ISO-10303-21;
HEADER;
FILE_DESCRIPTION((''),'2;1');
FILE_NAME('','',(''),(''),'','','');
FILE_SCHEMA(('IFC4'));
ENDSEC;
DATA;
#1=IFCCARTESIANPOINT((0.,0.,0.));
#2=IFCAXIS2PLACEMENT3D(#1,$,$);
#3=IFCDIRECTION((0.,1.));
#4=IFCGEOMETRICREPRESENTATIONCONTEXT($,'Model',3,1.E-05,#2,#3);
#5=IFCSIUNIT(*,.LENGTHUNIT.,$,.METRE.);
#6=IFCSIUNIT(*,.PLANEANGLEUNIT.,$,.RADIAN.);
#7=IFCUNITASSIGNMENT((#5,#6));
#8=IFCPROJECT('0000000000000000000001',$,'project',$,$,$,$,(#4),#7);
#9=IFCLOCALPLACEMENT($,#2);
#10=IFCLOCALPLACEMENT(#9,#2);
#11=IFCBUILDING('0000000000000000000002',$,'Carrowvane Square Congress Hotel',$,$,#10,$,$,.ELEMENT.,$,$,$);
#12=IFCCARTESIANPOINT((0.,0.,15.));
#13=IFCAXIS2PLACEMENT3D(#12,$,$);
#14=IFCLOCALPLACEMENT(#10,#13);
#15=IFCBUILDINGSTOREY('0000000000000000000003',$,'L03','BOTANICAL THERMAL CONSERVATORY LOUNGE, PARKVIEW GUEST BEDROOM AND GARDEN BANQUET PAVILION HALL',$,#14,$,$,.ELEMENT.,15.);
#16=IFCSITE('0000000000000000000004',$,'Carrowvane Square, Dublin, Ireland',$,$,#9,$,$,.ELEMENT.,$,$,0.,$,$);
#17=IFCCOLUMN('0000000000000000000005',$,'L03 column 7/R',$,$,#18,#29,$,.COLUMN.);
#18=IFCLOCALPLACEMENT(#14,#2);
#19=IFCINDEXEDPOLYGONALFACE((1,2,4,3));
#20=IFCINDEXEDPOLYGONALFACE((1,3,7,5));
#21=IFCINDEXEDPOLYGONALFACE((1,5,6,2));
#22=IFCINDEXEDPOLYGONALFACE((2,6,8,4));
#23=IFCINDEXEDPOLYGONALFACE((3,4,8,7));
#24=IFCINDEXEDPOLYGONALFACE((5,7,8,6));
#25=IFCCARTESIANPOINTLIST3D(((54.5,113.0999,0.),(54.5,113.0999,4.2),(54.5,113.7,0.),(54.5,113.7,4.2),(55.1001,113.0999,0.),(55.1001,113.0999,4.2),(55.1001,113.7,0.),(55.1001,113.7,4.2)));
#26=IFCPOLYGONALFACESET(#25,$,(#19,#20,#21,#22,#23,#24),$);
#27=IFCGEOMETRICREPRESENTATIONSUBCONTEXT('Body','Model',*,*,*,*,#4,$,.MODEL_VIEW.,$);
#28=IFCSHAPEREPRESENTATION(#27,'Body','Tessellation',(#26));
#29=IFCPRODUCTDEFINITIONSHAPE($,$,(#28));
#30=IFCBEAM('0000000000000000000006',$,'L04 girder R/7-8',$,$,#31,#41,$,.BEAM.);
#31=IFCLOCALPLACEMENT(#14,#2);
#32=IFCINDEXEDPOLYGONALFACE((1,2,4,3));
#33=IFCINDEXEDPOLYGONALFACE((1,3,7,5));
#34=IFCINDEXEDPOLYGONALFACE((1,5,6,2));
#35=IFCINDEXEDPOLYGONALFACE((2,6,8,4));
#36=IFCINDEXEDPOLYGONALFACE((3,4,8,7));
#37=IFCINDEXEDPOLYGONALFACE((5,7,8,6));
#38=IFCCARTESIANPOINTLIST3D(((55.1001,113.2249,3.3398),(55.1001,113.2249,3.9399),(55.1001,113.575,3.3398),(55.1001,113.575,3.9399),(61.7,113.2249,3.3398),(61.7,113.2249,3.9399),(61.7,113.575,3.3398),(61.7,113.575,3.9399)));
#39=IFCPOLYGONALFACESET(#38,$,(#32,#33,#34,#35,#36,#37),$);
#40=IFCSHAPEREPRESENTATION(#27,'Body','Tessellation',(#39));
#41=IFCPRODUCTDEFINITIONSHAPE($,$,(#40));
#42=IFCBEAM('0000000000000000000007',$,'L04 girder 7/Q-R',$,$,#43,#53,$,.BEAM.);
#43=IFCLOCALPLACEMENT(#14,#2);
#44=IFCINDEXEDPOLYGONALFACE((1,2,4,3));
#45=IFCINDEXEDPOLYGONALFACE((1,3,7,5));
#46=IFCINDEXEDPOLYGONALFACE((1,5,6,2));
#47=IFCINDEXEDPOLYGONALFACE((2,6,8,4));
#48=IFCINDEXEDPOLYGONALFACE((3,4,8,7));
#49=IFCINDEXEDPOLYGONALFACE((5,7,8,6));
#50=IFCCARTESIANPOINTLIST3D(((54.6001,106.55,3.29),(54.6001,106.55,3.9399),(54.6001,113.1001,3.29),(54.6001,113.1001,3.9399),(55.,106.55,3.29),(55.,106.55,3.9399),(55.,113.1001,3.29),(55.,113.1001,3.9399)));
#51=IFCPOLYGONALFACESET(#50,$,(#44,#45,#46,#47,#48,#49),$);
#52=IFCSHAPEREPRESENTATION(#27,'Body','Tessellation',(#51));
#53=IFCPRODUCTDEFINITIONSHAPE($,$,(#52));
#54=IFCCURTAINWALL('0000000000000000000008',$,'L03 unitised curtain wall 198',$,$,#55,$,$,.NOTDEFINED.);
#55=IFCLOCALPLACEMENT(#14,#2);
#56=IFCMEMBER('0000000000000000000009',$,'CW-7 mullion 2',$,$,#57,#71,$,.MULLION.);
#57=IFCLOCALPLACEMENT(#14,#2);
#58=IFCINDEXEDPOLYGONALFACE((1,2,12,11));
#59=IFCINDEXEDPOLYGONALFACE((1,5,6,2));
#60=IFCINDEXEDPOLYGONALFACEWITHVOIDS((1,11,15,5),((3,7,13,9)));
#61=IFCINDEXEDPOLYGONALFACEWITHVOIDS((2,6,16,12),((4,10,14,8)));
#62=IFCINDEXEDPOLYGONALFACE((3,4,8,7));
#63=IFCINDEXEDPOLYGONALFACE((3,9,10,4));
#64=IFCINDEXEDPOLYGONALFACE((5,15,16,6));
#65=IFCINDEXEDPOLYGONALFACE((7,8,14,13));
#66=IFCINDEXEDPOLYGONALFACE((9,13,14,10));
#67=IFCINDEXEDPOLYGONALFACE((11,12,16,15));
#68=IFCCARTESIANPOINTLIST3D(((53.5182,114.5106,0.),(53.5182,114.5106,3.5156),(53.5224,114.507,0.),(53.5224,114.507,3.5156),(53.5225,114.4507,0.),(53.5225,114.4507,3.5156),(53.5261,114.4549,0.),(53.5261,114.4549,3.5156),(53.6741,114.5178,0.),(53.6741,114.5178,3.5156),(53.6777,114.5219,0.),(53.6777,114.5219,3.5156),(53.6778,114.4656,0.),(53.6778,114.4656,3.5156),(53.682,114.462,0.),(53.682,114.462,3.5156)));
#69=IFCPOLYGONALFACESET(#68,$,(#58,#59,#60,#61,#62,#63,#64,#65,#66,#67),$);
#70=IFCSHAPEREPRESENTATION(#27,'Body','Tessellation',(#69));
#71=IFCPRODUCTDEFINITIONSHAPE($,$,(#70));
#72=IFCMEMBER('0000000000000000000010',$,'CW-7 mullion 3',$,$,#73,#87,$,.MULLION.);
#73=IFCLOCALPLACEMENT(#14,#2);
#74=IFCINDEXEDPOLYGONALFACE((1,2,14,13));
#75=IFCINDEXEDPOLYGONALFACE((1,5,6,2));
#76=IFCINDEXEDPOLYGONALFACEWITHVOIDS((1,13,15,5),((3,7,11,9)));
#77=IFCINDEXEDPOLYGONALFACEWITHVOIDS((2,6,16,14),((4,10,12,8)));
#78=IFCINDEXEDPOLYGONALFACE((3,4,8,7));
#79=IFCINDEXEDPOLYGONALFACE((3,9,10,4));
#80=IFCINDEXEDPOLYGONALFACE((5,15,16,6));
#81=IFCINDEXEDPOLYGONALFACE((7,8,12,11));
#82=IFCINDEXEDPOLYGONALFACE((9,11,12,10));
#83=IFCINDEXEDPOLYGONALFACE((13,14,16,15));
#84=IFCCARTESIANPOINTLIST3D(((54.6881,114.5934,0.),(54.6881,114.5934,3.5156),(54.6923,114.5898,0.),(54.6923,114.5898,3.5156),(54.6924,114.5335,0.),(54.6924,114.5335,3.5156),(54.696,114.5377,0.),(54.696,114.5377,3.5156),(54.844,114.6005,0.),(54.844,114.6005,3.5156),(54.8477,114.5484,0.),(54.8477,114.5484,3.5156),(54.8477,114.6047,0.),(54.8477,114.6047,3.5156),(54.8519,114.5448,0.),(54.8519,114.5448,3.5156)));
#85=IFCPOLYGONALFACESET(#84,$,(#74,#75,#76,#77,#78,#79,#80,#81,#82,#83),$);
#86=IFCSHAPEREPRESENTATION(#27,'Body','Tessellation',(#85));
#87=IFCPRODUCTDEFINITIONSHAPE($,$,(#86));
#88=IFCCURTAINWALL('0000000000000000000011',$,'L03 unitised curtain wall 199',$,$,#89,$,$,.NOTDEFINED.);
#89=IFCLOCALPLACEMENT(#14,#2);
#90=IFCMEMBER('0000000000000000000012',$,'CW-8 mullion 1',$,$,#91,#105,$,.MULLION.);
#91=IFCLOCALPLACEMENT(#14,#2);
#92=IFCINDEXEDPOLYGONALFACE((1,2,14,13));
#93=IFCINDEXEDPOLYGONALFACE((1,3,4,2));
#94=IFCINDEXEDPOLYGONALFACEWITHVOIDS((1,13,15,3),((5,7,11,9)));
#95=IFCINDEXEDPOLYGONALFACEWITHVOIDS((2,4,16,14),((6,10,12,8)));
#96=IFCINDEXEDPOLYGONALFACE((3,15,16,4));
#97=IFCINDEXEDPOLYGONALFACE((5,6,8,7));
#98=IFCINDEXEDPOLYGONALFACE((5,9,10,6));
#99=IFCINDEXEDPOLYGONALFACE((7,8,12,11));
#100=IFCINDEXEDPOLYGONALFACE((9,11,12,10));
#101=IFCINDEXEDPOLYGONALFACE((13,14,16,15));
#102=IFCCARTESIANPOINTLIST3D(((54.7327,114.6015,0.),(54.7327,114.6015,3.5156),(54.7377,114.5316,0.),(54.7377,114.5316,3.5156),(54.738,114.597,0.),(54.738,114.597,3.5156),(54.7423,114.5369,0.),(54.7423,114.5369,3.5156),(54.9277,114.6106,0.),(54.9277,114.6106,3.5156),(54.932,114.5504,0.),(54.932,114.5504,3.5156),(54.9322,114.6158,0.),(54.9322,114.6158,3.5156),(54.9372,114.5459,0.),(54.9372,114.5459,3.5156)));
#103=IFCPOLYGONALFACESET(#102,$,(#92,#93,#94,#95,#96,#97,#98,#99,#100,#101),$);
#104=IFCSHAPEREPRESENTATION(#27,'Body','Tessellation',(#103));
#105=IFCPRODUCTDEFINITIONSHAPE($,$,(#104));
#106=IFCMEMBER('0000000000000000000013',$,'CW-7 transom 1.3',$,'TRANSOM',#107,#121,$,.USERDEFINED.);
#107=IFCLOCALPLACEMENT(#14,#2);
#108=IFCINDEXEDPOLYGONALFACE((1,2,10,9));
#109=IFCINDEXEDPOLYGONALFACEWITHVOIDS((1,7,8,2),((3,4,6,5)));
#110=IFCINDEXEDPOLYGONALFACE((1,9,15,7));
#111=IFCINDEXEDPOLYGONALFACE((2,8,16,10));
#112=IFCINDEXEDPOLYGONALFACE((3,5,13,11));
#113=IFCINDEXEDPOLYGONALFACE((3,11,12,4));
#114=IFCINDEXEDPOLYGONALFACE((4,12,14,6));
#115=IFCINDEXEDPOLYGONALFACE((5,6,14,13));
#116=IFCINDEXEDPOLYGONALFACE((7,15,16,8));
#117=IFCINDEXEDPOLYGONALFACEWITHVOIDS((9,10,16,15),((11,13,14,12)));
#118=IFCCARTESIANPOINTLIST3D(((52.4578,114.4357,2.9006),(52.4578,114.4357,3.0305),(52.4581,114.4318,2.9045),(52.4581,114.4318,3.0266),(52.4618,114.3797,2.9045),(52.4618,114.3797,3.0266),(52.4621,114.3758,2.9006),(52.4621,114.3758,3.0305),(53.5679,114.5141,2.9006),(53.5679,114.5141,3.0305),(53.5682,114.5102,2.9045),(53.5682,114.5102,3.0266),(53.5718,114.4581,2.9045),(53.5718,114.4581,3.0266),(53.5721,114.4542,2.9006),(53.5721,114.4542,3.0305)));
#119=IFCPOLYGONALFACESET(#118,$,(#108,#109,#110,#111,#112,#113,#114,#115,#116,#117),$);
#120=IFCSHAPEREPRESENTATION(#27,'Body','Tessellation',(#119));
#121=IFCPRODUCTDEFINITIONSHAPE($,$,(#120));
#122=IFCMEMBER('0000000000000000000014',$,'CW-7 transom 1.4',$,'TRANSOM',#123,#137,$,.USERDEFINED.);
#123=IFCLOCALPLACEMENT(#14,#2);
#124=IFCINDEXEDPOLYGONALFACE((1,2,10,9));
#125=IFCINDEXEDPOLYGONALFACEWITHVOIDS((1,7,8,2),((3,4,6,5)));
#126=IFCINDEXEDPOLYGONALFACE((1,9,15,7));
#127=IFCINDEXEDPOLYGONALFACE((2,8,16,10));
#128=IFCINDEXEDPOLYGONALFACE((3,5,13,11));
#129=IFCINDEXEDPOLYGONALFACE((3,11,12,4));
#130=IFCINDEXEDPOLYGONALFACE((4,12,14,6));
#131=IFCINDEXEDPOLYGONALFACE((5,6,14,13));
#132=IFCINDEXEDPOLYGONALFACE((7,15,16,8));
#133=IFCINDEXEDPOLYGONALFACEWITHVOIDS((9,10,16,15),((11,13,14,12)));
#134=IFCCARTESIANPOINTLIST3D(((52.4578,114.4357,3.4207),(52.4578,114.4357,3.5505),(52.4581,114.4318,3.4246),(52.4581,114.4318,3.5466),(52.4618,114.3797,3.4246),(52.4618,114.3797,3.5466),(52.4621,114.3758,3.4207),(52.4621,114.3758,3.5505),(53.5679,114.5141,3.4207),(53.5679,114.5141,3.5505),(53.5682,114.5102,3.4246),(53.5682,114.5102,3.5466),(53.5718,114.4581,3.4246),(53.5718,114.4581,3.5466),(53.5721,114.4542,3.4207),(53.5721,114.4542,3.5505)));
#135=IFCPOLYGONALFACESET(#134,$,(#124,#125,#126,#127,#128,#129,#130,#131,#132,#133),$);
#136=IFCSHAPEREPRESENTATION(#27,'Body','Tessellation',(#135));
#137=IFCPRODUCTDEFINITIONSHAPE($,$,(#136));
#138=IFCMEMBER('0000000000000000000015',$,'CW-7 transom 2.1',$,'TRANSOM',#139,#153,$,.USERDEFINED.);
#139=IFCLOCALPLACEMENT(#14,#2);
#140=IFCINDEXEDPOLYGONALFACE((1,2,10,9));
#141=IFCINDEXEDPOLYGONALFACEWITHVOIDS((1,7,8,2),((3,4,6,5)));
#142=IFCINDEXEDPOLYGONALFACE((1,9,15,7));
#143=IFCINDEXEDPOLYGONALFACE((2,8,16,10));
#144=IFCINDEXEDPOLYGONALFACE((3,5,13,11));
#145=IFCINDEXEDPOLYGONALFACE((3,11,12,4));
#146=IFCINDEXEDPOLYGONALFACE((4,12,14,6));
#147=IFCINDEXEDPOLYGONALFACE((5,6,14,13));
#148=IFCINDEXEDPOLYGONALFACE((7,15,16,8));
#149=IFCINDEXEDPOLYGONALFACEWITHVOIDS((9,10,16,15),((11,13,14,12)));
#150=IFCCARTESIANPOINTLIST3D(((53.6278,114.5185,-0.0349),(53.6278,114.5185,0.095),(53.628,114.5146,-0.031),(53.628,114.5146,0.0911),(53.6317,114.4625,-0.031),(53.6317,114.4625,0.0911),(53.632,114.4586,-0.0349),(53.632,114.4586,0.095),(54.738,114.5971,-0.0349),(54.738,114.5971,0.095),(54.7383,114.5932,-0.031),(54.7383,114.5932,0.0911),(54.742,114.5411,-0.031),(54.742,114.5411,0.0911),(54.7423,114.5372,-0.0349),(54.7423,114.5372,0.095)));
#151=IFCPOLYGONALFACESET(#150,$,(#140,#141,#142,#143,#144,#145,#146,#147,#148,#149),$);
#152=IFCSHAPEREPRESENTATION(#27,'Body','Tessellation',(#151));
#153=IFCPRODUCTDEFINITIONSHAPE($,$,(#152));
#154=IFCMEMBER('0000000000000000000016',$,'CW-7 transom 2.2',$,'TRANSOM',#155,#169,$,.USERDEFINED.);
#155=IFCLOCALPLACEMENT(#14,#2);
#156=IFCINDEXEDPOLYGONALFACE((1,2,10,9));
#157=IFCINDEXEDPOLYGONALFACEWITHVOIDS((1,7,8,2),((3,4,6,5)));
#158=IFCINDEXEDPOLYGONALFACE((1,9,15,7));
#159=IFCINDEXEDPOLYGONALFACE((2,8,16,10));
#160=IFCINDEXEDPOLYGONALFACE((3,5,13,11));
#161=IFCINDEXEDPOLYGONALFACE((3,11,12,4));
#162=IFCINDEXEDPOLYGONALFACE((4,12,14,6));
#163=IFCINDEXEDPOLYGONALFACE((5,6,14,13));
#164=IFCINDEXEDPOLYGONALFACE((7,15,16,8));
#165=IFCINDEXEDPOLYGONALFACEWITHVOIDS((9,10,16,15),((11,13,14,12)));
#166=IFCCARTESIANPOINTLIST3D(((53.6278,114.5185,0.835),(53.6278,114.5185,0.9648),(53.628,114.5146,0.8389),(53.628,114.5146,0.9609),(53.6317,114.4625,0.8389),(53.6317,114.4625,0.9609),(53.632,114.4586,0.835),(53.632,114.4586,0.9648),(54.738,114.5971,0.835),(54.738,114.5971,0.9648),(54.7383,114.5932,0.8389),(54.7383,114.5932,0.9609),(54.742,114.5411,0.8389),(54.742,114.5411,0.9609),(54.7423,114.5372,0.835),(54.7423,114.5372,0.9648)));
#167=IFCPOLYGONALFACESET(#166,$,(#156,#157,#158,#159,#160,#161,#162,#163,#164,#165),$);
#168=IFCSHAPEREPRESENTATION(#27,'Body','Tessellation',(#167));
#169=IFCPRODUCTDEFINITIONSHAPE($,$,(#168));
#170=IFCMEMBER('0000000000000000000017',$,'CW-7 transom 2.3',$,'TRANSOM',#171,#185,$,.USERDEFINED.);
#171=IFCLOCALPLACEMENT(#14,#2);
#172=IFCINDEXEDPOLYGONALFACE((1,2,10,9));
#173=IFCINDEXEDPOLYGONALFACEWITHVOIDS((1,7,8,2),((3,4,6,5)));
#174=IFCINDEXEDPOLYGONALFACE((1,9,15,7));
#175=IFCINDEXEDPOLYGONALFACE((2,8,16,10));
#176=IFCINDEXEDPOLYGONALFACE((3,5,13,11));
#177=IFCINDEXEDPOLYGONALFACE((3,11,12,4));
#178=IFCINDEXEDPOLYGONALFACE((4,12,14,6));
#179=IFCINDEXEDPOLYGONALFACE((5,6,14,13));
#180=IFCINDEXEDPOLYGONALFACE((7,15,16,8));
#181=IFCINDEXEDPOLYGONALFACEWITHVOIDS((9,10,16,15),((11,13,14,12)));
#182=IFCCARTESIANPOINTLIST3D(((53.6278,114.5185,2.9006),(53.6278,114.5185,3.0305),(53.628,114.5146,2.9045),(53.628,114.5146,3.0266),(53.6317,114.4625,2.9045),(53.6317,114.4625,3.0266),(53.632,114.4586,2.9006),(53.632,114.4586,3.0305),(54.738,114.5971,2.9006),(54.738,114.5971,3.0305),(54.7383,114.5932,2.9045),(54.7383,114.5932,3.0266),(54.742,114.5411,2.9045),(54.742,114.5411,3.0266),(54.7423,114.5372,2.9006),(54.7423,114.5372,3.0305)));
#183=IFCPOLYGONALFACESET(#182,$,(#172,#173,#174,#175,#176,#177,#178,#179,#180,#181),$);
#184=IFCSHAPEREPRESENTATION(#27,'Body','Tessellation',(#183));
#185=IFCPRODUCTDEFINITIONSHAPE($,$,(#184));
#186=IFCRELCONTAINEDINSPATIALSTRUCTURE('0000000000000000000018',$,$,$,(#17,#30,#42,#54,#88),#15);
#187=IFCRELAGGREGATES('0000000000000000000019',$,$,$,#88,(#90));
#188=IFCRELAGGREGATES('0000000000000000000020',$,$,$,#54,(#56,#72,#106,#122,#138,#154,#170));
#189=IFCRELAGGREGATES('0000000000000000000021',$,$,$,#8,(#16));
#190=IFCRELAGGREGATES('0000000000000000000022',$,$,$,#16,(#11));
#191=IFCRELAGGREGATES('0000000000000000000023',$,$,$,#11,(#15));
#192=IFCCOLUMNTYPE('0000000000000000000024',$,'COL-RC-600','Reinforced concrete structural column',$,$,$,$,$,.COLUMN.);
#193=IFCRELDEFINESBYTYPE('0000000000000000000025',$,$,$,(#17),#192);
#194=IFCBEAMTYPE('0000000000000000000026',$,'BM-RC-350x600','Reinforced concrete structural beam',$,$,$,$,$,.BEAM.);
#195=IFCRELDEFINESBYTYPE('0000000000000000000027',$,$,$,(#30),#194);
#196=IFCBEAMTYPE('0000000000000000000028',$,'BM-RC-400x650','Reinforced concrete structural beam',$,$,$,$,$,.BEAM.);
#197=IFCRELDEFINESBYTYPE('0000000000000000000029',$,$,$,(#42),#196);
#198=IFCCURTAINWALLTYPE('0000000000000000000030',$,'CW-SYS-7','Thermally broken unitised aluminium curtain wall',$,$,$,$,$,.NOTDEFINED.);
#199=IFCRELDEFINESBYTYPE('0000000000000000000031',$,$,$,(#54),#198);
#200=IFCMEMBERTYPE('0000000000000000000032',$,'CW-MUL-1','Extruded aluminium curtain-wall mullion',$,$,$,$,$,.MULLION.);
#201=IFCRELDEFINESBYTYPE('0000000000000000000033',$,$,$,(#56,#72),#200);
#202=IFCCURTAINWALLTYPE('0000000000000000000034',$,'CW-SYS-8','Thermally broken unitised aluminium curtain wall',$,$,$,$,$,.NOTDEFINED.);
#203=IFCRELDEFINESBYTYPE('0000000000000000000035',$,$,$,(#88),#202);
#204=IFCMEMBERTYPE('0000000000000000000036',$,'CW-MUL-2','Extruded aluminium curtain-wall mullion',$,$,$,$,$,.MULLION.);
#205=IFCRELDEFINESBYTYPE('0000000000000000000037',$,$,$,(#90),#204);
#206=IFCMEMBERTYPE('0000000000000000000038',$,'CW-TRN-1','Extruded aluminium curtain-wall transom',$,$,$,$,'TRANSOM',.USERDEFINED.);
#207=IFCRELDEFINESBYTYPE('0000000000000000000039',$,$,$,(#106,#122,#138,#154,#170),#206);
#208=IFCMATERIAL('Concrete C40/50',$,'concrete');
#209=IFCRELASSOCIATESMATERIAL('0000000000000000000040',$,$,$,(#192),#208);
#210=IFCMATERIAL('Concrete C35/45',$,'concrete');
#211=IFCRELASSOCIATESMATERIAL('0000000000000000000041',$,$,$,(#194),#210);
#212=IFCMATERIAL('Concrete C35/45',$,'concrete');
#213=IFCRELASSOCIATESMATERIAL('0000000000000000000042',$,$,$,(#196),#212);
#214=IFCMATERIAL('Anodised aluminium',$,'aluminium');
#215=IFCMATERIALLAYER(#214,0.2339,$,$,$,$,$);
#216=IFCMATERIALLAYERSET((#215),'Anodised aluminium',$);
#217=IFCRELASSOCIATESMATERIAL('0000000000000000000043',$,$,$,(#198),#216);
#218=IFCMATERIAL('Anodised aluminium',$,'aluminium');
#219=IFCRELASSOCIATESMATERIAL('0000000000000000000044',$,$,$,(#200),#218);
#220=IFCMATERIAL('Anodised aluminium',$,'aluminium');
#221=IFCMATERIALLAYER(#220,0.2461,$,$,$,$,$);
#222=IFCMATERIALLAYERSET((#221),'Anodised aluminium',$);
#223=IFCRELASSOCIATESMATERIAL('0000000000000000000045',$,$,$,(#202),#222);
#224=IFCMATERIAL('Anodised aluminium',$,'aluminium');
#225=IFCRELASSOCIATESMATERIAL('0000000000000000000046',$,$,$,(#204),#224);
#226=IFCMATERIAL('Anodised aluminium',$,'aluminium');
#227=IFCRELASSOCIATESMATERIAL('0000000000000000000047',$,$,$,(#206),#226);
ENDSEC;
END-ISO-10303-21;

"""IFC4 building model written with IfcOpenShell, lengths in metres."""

from ifc_helpers import new_model, si_unit, direction, frame, origin, origin_2d, place, context, subcontext, project, spatial, rectangle, hollow_rectangle, extrude, material, layer, layer_set, material_profile, profile_set, type_object, element, aggregate, save


model = new_model("IFC4")

# Units and contexts
model_context = context("Model", 3, precision=1e-05, world=origin(), true_north=direction((0.0, 1.0)))
body_context = subcontext(model_context, "Body", "Model", "MODEL_VIEW")
ifc_project = project(units=[si_unit("LENGTHUNIT", "METRE"), si_unit("PLANEANGLEUNIT", "RADIAN")], contexts=[model_context])

# Site, building, storey
site_placement = place(None, origin())
site = spatial("IfcSite", under=ifc_project, at=site_placement, Name="Carrowvane Square, Dublin, Ireland", CompositionType="ELEMENT", RefElevation=0.0)
building_placement = place(site_placement, origin())
building = spatial("IfcBuilding", under=site, at=building_placement, Name="Carrowvane Square Congress Hotel", CompositionType="ELEMENT")
storey_placement = place(building_placement, frame((0.0, 0.0, 15.0)))
storey = spatial("IfcBuildingStorey", under=building, at=storey_placement, Name="L03", Description="BOTANICAL THERMAL CONSERVATORY LOUNGE, PARKVIEW GUEST BEDROOM AND GARDEN BANQUET PAVILION HALL", CompositionType="ELEMENT", Elevation=15.0)

# Column
ifc_material_1 = material(Name="Concrete C40/50", Category="concrete")
ifc_material_profile_1 = material_profile(ifc_material_1, rectangle(XDim=0.6001, YDim=0.6001, at=origin_2d()), Name="RC 600x600")
ifc_profile_set_1 = profile_set([ifc_material_profile_1], Name="Concrete C40/50")
column_type = type_object("IfcColumnType", Name="COL-RC-600", Description="Reinforced concrete structural column", PredefinedType="COLUMN", material=ifc_profile_set_1)
column_placement = place(storey_placement, frame((54.8, 113.3999, 0.0), z_axis=(0.0, 0.0, 1.0), x_axis=(1.0, 0.0, 0.0)))
element("IfcColumn", 1, at=column_placement, inside=storey, type_object=column_type, Name="L03 column 7/R", PredefinedType="COLUMN", context=body_context, shape_type="SweptSolid", body=[
    extrude(rectangle(XDim=0.6001, YDim=0.6001, at=origin_2d()), origin(), (0.0, 0.0, 1.0), 4.2),
])

# Beams
ifc_material_2 = material(Name="Concrete C35/45", Category="concrete")
ifc_material_profile_2 = material_profile(ifc_material_2, rectangle(XDim=0.3501, YDim=0.6001, at=origin_2d()), Name="RC 350x600")
ifc_profile_set_2 = profile_set([ifc_material_profile_2], Name="Concrete C35/45")
beam_type_1 = type_object("IfcBeamType", Name="BM-RC-350x600", Description="Reinforced concrete structural beam", PredefinedType="BEAM", material=ifc_profile_set_2)
beam_1_placement = place(storey_placement, frame((55.1001, 113.3999, 3.6399), z_axis=(1.0, 0.0, 0.0), x_axis=(0.0, 1.0, 0.0)))
element("IfcBeam", 2, at=beam_1_placement, inside=storey, type_object=beam_type_1, Name="L04 girder R/7-8", PredefinedType="BEAM", context=body_context, shape_type="SweptSolid", body=[
    extrude(rectangle(XDim=0.3501, YDim=0.6001, at=origin_2d()), origin(), (0.0, 0.0, 1.0), 6.5999),
])
ifc_material_3 = material(Name="Concrete C35/45", Category="concrete")
ifc_material_profile_3 = material_profile(ifc_material_3, rectangle(XDim=0.3999, YDim=0.6499, at=origin_2d()), Name="RC 400x650")
ifc_profile_set_3 = profile_set([ifc_material_profile_3], Name="Concrete C35/45")
beam_type_2 = type_object("IfcBeamType", Name="BM-RC-400x650", Description="Reinforced concrete structural beam", PredefinedType="BEAM", material=ifc_profile_set_3)
beam_2_placement = place(storey_placement, frame((54.8, 106.55, 3.615), z_axis=(0.0, 1.0, 0.0), x_axis=(-1.0, 0.0, 0.0)))
element("IfcBeam", 3, at=beam_2_placement, inside=storey, type_object=beam_type_2, Name="L04 girder 7/Q-R", PredefinedType="BEAM", context=body_context, shape_type="SweptSolid", body=[
    extrude(rectangle(XDim=0.3999, YDim=0.6499, at=origin_2d()), origin(), (0.0, 0.0, 1.0), 6.55),
])

# Curtain wall, members
ifc_material_4 = material(Name="Anodised aluminium", Category="aluminium")
ifc_layer_1 = layer(ifc_material_4, 0.2339)
ifc_layer_set_1 = layer_set([ifc_layer_1], Name="Anodised aluminium")
curtain_wall_type_1 = type_object("IfcCurtainWallType", Name="CW-SYS-7", Description="Thermally broken unitised aluminium curtain wall", PredefinedType="NOTDEFINED", material=ifc_layer_set_1)
curtain_wall_1_placement = place(storey_placement, origin())
curtain_wall_1 = element("IfcCurtainWall", 4, at=curtain_wall_1_placement, inside=storey, type_object=curtain_wall_type_1, Name="L03 unitised curtain wall 198", PredefinedType="NOTDEFINED")
ifc_material_5 = material(Name="Anodised aluminium", Category="aluminium")
ifc_material_profile_4 = material_profile(ifc_material_5, hollow_rectangle(XDim=0.0601, YDim=0.1599, WallThickness=0.0039, at=origin_2d()), Name="CW-ML 60x160x4")
ifc_profile_set_4 = profile_set([ifc_material_profile_4], Name="Anodised aluminium")
member_type_1 = type_object("IfcMemberType", Name="CW-MUL-1", Description="Extruded aluminium curtain-wall mullion", PredefinedType="MULLION", material=ifc_profile_set_4)
member_1_placement = place(storey_placement, frame((53.6001, 114.4863, 0.0), z_axis=(0.0, 0.0, 1.0), x_axis=(-0.070586, 0.997506, 0.0)))
member_1 = element("IfcMember", 5, at=member_1_placement, type_object=member_type_1, Name="CW-7 mullion 2", PredefinedType="MULLION", context=body_context, shape_type="SweptSolid", body=[
    extrude(hollow_rectangle(XDim=0.0601, YDim=0.1599, WallThickness=0.0039, at=origin_2d()), origin(), (0.0, 0.0, 1.0), 3.5156),
])
member_2_placement = place(storey_placement, frame((54.77, 114.5691, 0.0), z_axis=(0.0, 0.0, 1.0), x_axis=(-0.070586, 0.997506, 0.0)))
member_2 = element("IfcMember", 6, at=member_2_placement, type_object=member_type_1, Name="CW-7 mullion 3", PredefinedType="MULLION", context=body_context, shape_type="SweptSolid", body=[
    extrude(hollow_rectangle(XDim=0.0601, YDim=0.1599, WallThickness=0.0039, at=origin_2d()), origin(), (0.0, 0.0, 1.0), 3.5156),
])

# Curtain wall, member
ifc_material_6 = material(Name="Anodised aluminium", Category="aluminium")
ifc_layer_2 = layer(ifc_material_6, 0.2461)
ifc_layer_set_2 = layer_set([ifc_layer_2], Name="Anodised aluminium")
curtain_wall_type_2 = type_object("IfcCurtainWallType", Name="CW-SYS-8", Description="Thermally broken unitised aluminium curtain wall", PredefinedType="NOTDEFINED", material=ifc_layer_set_2)
curtain_wall_2_placement = place(storey_placement, origin())
curtain_wall_2 = element("IfcCurtainWall", 7, at=curtain_wall_2_placement, inside=storey, type_object=curtain_wall_type_2, Name="L03 unitised curtain wall 199", PredefinedType="NOTDEFINED")
ifc_material_7 = material(Name="Anodised aluminium", Category="aluminium")
ifc_material_profile_5 = material_profile(ifc_material_7, hollow_rectangle(XDim=0.0701, YDim=0.2, WallThickness=0.0049, at=origin_2d()), Name="CW-ML 70x200x5")
ifc_profile_set_5 = profile_set([ifc_material_profile_5], Name="Anodised aluminium")
member_type_2 = type_object("IfcMemberType", Name="CW-MUL-2", Description="Extruded aluminium curtain-wall mullion", PredefinedType="MULLION", material=ifc_profile_set_5)
member_3_placement = place(storey_placement, frame((54.835, 114.5737, 0.0), z_axis=(0.0, 0.0, 1.0), x_axis=(-0.071418, 0.997446, 0.0)))
member_3 = element("IfcMember", 8, at=member_3_placement, type_object=member_type_2, Name="CW-8 mullion 1", PredefinedType="MULLION", context=body_context, shape_type="SweptSolid", body=[
    extrude(hollow_rectangle(XDim=0.0701, YDim=0.2, WallThickness=0.0049, at=origin_2d()), origin(), (0.0, 0.0, 1.0), 3.5156),
])

# Members
ifc_material_8 = material(Name="Anodised aluminium", Category="aluminium")
ifc_material_profile_6 = material_profile(ifc_material_8, hollow_rectangle(XDim=0.0601, YDim=0.1299, WallThickness=0.0039, at=origin_2d()), Name="CW-TR 60x130x4")
ifc_profile_set_6 = profile_set([ifc_material_profile_6], Name="Anodised aluminium")
member_type_3 = type_object("IfcMemberType", Name="CW-TRN-1", Description="Extruded aluminium curtain-wall transom", ElementType="TRANSOM", PredefinedType="USERDEFINED", material=ifc_profile_set_6)
member_4_placement = place(storey_placement, frame((52.46, 114.4058, 2.9656), z_axis=(0.997517, 0.070421, 0.0), x_axis=(-0.070421, 0.997517, 0.0)))
member_4 = element("IfcMember", 9, at=member_4_placement, type_object=member_type_3, Name="CW-7 transom 1.3", ObjectType="TRANSOM", PredefinedType="USERDEFINED", context=body_context, shape_type="SweptSolid", body=[
    extrude(hollow_rectangle(XDim=0.0601, YDim=0.1299, WallThickness=0.0039, at=origin_2d()), origin(), (0.0, 0.0, 1.0), 1.1128),
])
member_5_placement = place(storey_placement, frame((52.46, 114.4058, 3.4856), z_axis=(0.997517, 0.070421, 0.0), x_axis=(-0.070421, 0.997517, 0.0)))
member_5 = element("IfcMember", 10, at=member_5_placement, type_object=member_type_3, Name="CW-7 transom 1.4", ObjectType="TRANSOM", PredefinedType="USERDEFINED", context=body_context, shape_type="SweptSolid", body=[
    extrude(hollow_rectangle(XDim=0.0601, YDim=0.1299, WallThickness=0.0039, at=origin_2d()), origin(), (0.0, 0.0, 1.0), 1.1128),
])
member_6_placement = place(storey_placement, frame((53.6299, 114.4885, 0.03), z_axis=(0.997503, 0.070624, 0.0), x_axis=(-0.070624, 0.997503, 0.0)))
member_6 = element("IfcMember", 11, at=member_6_placement, type_object=member_type_3, Name="CW-7 transom 2.1", ObjectType="TRANSOM", PredefinedType="USERDEFINED", context=body_context, shape_type="SweptSolid", body=[
    extrude(hollow_rectangle(XDim=0.0601, YDim=0.1299, WallThickness=0.0039, at=origin_2d()), origin(), (0.0, 0.0, 1.0), 1.113),
])
member_7_placement = place(storey_placement, frame((53.6299, 114.4885, 0.8999), z_axis=(0.997503, 0.070624, 0.0), x_axis=(-0.070624, 0.997503, 0.0)))
member_7 = element("IfcMember", 12, at=member_7_placement, type_object=member_type_3, Name="CW-7 transom 2.2", ObjectType="TRANSOM", PredefinedType="USERDEFINED", context=body_context, shape_type="SweptSolid", body=[
    extrude(hollow_rectangle(XDim=0.0601, YDim=0.1299, WallThickness=0.0039, at=origin_2d()), origin(), (0.0, 0.0, 1.0), 1.113),
])
member_8_placement = place(storey_placement, frame((53.6299, 114.4885, 2.9656), z_axis=(0.997503, 0.070624, 0.0), x_axis=(-0.070624, 0.997503, 0.0)))
member_8 = element("IfcMember", 13, at=member_8_placement, type_object=member_type_3, Name="CW-7 transom 2.3", ObjectType="TRANSOM", PredefinedType="USERDEFINED", context=body_context, shape_type="SweptSolid", body=[
    extrude(hollow_rectangle(XDim=0.0601, YDim=0.1299, WallThickness=0.0039, at=origin_2d()), origin(), (0.0, 0.0, 1.0), 1.113),
])
aggregate(curtain_wall_2, [member_3])

aggregate(curtain_wall_1, [member_1, member_2, member_4, member_5, member_6, member_7, member_8])

save(model, "model.ifc")
